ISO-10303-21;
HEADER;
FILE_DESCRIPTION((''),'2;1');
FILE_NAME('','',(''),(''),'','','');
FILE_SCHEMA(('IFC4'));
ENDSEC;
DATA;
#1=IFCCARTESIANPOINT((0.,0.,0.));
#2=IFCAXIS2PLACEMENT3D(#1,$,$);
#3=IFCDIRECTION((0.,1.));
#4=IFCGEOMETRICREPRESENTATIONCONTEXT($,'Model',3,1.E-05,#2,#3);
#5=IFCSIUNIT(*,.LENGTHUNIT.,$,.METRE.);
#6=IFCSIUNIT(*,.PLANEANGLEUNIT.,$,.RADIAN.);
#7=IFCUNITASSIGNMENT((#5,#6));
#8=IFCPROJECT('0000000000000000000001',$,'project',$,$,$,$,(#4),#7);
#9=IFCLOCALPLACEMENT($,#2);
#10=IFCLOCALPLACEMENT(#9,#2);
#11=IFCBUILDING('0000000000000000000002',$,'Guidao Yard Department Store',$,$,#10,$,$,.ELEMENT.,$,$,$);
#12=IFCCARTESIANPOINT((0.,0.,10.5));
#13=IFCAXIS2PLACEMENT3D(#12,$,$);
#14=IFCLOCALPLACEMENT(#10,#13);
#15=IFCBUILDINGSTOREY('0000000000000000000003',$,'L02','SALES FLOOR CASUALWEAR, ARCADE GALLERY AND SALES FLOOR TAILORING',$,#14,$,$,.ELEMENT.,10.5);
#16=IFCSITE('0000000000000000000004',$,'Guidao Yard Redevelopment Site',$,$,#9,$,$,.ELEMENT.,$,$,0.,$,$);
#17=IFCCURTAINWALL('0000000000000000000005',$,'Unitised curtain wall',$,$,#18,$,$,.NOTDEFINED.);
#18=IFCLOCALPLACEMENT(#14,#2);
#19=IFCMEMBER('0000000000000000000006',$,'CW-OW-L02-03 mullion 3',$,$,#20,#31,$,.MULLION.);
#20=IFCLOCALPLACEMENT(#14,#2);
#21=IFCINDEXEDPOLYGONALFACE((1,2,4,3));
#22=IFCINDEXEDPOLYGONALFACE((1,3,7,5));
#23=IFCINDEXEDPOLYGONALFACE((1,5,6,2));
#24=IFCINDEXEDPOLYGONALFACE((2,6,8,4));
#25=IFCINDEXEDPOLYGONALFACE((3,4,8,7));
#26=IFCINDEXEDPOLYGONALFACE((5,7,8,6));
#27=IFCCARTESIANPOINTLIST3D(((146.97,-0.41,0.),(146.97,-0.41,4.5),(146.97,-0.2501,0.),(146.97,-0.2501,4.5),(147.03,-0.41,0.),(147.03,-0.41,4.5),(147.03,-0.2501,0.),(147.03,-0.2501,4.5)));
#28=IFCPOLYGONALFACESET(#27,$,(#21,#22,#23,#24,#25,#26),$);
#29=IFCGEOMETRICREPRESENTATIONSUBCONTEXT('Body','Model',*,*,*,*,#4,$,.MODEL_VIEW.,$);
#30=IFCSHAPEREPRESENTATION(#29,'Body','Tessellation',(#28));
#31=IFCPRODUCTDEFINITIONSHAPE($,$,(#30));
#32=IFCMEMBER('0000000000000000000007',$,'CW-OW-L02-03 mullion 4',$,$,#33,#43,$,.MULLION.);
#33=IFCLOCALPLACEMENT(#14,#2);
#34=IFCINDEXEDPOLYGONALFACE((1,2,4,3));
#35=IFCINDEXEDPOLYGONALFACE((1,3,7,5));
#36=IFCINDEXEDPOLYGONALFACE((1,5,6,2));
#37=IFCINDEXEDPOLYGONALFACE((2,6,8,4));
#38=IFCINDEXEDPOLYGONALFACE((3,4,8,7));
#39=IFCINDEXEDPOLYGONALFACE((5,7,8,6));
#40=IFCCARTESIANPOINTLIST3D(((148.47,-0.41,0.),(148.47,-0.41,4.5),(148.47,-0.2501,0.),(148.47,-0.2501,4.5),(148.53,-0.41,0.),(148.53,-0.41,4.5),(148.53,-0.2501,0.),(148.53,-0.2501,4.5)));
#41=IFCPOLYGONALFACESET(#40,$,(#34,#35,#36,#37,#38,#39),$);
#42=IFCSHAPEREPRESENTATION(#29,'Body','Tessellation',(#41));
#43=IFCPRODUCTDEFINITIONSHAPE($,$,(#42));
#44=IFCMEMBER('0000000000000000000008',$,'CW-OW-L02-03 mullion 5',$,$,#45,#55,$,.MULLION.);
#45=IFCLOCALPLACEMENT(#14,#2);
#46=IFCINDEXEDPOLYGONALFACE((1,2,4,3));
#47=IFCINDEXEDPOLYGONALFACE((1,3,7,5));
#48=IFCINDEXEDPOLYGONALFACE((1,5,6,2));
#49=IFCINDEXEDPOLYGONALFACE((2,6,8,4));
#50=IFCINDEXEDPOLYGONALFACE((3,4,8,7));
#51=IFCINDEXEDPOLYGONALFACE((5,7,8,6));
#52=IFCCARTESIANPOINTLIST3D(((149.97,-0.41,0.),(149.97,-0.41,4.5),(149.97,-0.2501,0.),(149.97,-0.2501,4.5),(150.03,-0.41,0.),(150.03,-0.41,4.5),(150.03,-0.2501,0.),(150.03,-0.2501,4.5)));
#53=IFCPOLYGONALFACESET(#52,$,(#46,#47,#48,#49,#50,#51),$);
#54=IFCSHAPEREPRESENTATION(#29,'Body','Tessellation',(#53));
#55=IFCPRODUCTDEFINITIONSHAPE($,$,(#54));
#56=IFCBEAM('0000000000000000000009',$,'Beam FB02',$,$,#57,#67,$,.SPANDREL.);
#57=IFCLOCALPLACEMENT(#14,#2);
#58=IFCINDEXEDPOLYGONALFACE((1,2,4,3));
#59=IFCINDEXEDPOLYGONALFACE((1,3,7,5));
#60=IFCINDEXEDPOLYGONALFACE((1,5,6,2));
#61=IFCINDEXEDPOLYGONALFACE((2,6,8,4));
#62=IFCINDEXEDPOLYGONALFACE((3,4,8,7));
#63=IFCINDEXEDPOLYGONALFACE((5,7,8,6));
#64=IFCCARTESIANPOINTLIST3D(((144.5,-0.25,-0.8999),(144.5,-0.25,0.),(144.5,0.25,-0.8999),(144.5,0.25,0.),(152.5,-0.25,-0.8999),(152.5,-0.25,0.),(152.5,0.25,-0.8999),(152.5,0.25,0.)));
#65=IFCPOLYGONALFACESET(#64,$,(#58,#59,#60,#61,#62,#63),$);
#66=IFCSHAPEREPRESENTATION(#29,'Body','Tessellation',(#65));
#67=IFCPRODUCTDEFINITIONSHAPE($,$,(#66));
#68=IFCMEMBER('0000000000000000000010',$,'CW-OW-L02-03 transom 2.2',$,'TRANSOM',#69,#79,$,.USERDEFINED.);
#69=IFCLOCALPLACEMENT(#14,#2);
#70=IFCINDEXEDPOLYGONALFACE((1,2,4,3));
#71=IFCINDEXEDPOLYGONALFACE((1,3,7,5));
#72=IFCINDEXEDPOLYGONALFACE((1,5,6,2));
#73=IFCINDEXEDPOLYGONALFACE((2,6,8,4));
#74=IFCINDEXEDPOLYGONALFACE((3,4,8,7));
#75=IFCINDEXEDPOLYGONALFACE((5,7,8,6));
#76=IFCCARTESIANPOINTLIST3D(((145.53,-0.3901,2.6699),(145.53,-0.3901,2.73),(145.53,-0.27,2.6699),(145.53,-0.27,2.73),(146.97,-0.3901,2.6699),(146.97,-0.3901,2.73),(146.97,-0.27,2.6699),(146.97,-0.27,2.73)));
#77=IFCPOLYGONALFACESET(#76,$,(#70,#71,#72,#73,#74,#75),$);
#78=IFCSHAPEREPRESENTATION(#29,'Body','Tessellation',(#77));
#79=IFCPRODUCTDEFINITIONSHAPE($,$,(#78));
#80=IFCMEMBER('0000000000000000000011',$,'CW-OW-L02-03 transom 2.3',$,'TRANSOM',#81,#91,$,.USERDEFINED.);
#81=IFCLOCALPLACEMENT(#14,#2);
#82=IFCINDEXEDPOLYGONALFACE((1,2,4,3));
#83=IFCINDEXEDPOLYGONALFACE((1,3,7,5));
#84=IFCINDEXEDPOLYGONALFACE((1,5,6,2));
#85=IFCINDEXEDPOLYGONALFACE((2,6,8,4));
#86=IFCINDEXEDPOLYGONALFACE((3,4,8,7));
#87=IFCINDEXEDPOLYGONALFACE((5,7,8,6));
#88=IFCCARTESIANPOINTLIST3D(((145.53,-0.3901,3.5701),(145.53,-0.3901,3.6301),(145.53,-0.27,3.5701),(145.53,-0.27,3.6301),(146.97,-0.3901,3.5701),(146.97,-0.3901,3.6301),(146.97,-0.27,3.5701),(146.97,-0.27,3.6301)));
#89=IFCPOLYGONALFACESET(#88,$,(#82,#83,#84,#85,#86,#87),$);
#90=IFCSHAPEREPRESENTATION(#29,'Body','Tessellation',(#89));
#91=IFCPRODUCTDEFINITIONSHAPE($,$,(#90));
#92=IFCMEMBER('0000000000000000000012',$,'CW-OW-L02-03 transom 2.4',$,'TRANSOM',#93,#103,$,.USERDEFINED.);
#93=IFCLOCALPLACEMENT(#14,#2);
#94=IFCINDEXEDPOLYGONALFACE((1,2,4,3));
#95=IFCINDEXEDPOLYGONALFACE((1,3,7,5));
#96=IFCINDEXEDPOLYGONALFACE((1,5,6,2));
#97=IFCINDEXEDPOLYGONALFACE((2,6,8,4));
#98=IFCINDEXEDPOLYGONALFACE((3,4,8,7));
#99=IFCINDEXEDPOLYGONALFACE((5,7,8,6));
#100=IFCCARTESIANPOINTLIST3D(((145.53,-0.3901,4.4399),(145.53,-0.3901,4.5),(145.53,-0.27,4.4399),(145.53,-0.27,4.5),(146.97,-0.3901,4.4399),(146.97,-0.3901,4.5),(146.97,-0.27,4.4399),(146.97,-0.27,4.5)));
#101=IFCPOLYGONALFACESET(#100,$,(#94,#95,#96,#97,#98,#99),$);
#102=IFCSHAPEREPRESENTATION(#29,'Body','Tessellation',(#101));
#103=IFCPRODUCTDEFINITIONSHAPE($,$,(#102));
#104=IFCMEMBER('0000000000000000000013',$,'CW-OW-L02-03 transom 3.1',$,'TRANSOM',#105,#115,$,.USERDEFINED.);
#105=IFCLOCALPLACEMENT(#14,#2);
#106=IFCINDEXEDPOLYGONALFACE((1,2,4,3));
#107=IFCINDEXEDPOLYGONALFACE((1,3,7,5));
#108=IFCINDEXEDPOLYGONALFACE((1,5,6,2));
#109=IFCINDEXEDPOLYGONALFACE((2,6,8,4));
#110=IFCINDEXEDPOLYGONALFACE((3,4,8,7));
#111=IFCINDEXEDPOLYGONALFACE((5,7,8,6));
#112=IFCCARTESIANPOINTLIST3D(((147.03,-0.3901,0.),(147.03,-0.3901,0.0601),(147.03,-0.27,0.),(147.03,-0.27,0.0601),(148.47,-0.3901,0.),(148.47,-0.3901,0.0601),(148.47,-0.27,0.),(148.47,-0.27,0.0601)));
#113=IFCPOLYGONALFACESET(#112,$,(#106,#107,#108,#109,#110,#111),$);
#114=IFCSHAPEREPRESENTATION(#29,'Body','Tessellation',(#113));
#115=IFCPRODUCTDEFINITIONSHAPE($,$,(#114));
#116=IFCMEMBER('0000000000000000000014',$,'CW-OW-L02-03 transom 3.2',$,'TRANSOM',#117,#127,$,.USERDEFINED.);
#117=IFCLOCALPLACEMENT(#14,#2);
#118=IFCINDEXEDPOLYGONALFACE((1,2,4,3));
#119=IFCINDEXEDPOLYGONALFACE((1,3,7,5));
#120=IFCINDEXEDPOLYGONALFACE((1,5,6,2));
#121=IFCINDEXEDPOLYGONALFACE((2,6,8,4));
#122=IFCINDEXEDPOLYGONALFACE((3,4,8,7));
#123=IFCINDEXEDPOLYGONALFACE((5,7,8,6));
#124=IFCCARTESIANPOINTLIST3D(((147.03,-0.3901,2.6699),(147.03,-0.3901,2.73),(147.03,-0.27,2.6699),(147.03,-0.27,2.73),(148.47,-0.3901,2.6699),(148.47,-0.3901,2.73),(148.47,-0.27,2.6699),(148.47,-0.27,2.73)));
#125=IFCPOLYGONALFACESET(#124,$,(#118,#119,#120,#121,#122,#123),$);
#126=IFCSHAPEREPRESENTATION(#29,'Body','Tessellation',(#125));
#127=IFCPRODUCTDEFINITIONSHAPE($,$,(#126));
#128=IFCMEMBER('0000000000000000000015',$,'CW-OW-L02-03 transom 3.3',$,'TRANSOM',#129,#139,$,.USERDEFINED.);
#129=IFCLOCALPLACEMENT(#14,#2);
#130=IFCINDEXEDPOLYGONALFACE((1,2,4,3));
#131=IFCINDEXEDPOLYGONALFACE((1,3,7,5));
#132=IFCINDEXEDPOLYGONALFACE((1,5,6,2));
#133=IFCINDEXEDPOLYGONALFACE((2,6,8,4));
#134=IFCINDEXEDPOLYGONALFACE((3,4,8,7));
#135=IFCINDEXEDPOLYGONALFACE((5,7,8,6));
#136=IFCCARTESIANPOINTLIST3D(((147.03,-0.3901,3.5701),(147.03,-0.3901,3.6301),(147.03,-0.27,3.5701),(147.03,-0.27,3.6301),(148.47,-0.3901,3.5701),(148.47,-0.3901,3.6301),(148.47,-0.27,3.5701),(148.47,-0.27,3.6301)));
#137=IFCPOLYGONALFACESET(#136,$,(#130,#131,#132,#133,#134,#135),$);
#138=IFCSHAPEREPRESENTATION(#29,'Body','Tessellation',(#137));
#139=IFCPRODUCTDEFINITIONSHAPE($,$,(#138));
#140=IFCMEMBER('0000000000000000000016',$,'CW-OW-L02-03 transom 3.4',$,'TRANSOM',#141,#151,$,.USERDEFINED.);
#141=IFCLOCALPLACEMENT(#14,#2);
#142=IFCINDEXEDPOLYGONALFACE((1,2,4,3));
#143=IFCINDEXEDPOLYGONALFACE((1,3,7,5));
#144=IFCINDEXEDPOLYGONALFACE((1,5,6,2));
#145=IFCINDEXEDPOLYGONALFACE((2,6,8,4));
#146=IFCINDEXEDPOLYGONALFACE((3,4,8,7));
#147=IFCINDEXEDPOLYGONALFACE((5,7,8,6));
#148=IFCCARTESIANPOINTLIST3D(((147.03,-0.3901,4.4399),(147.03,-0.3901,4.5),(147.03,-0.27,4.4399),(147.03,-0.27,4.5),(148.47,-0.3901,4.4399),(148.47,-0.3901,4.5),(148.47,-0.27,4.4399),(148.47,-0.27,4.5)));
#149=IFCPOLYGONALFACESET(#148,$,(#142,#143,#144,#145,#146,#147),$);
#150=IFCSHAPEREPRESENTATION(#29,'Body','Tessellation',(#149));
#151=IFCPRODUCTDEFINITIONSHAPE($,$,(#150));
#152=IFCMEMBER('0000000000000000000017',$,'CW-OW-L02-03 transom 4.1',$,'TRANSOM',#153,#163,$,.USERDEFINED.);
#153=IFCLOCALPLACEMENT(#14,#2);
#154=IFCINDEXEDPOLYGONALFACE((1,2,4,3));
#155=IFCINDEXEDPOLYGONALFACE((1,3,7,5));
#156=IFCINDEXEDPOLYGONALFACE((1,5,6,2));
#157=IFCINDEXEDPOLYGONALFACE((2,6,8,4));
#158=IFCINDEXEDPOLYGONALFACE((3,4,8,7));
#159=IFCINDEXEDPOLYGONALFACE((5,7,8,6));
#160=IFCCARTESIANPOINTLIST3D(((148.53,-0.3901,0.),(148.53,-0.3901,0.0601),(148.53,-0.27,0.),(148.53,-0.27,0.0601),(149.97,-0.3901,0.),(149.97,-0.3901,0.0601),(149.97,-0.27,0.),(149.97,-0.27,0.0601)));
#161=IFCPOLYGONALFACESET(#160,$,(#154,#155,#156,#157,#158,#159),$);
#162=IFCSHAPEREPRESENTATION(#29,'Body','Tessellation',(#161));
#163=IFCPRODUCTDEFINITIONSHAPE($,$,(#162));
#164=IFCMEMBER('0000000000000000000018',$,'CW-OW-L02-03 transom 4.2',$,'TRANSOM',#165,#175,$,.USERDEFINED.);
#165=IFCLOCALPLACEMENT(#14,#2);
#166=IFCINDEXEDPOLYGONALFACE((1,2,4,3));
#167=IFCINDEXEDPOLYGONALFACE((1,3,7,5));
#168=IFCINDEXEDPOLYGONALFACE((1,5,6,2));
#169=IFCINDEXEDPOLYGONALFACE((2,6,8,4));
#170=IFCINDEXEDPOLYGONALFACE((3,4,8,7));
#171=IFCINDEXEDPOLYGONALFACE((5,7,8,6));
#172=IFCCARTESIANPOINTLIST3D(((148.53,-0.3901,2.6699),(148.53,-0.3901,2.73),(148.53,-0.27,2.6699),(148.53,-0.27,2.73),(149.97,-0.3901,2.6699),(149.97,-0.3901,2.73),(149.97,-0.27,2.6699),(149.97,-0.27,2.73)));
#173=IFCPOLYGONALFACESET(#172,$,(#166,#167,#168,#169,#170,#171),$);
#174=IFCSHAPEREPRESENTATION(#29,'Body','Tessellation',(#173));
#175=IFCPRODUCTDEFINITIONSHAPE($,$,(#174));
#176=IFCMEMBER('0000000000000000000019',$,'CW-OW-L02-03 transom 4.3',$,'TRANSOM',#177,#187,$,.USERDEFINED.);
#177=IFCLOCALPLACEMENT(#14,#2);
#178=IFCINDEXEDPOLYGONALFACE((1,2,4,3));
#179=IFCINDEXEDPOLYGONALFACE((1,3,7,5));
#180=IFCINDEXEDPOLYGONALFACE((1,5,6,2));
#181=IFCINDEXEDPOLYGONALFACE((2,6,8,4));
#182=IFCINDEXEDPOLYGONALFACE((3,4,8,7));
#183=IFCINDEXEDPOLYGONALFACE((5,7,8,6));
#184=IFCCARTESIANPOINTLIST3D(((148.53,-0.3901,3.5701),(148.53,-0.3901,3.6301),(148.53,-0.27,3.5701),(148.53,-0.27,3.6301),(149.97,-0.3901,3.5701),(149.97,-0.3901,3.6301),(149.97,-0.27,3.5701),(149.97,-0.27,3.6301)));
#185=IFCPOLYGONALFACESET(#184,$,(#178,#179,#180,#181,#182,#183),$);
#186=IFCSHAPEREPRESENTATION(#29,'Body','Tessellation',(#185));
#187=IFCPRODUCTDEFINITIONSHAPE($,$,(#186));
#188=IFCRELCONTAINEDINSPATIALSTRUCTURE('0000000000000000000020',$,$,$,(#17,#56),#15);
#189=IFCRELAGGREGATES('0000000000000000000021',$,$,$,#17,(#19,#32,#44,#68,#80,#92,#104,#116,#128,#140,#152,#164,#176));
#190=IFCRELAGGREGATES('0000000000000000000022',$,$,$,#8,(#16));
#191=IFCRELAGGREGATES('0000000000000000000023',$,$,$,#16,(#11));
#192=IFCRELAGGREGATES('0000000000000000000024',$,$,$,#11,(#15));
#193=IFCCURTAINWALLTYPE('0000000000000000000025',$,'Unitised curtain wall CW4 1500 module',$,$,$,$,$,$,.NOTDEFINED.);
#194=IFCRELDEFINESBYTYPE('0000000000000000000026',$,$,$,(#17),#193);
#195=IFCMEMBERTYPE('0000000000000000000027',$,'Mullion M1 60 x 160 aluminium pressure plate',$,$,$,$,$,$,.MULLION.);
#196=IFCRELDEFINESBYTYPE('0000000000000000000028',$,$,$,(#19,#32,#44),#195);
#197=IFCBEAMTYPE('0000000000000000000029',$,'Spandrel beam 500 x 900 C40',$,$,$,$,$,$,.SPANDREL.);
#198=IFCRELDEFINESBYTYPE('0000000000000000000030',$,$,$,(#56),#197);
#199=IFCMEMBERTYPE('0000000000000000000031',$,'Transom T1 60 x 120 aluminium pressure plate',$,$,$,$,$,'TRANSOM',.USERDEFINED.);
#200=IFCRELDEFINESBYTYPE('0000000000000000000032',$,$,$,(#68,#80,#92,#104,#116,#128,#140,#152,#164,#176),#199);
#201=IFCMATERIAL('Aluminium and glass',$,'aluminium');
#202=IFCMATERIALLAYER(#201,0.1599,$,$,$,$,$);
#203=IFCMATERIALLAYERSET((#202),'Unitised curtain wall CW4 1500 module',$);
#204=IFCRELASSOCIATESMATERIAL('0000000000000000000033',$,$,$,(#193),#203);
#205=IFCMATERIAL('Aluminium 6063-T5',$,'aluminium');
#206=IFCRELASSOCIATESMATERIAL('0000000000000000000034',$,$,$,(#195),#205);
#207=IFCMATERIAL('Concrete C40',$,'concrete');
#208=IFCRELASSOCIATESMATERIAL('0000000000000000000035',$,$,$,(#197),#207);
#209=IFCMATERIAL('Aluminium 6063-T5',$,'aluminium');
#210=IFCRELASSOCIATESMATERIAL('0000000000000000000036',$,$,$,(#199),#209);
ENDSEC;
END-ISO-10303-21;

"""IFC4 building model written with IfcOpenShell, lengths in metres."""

from ifc_helpers import new_model, si_unit, direction, frame, origin, origin_2d, place, context, subcontext, project, spatial, rectangle, extrude, material, layer, layer_set, material_profile, profile_set, type_object, element, aggregate, save


model = new_model("IFC4")

# Units and contexts
model_context = context("Model", 3, precision=1e-05, world=origin(), true_north=direction((0.0, 1.0)))
body_context = subcontext(model_context, "Body", "Model", "MODEL_VIEW")
ifc_project = project(units=[si_unit("LENGTHUNIT", "METRE"), si_unit("PLANEANGLEUNIT", "RADIAN")], contexts=[model_context])

# Site, building, storey
site_placement = place(None, origin())
site = spatial("IfcSite", under=ifc_project, at=site_placement, Name="Guidao Yard Redevelopment Site", CompositionType="ELEMENT", RefElevation=0.0)
building_placement = place(site_placement, origin())
building = spatial("IfcBuilding", under=site, at=building_placement, Name="Guidao Yard Department Store", CompositionType="ELEMENT")
storey_placement = place(building_placement, frame((0.0, 0.0, 10.5)))
storey = spatial("IfcBuildingStorey", under=building, at=storey_placement, Name="L02", Description="SALES FLOOR CASUALWEAR, ARCADE GALLERY AND SALES FLOOR TAILORING", CompositionType="ELEMENT", Elevation=10.5)

# Curtain wall, members
ifc_material_1 = material(Name="Aluminium and glass", Category="aluminium")
ifc_layer_1 = layer(ifc_material_1, 0.1599)
ifc_layer_set_1 = layer_set([ifc_layer_1], Name="Unitised curtain wall CW4 1500 module")
curtain_wall_type = type_object("IfcCurtainWallType", Name="Unitised curtain wall CW4 1500 module", PredefinedType="NOTDEFINED", material=ifc_layer_set_1)
curtain_wall_placement = place(storey_placement, origin())
curtain_wall = element("IfcCurtainWall", 1, at=curtain_wall_placement, inside=storey, type_object=curtain_wall_type, Name="Unitised curtain wall", PredefinedType="NOTDEFINED")
ifc_material_2 = material(Name="Aluminium 6063-T5", Category="aluminium")
ifc_material_profile_1 = material_profile(ifc_material_2, rectangle(XDim=0.0601, YDim=0.1599, at=origin_2d()), Name="Mullion M1 60 x 160 aluminium pressure plate")
ifc_profile_set_1 = profile_set([ifc_material_profile_1], Name="Aluminium 6063-T5")
member_type_1 = type_object("IfcMemberType", Name="Mullion M1 60 x 160 aluminium pressure plate", PredefinedType="MULLION", material=ifc_profile_set_1)
member_1_placement = place(storey_placement, frame((147.0, -0.3301, 0.0), z_axis=(0.0, 0.0, 1.0), x_axis=(-1.0, 0.0, 0.0)))
member_1 = element("IfcMember", 2, at=member_1_placement, type_object=member_type_1, Name="CW-OW-L02-03 mullion 3", PredefinedType="MULLION", context=body_context, shape_type="SweptSolid", body=[
    extrude(rectangle(XDim=0.0601, YDim=0.1599, at=origin_2d()), origin(), (0.0, 0.0, 1.0), 4.5),
])
member_2_placement = place(storey_placement, frame((148.5, -0.3301, 0.0), z_axis=(0.0, 0.0, 1.0), x_axis=(-1.0, 0.0, 0.0)))
member_2 = element("IfcMember", 3, at=member_2_placement, type_object=member_type_1, Name="CW-OW-L02-03 mullion 4", PredefinedType="MULLION", context=body_context, shape_type="SweptSolid", body=[
    extrude(rectangle(XDim=0.0601, YDim=0.1599, at=origin_2d()), origin(), (0.0, 0.0, 1.0), 4.5),
])
member_3_placement = place(storey_placement, frame((150.0, -0.3301, 0.0), z_axis=(0.0, 0.0, 1.0), x_axis=(-1.0, 0.0, 0.0)))
member_3 = element("IfcMember", 4, at=member_3_placement, type_object=member_type_1, Name="CW-OW-L02-03 mullion 5", PredefinedType="MULLION", context=body_context, shape_type="SweptSolid", body=[
    extrude(rectangle(XDim=0.0601, YDim=0.1599, at=origin_2d()), origin(), (0.0, 0.0, 1.0), 4.5),
])

# Beam
ifc_material_3 = material(Name="Concrete C40", Category="concrete")
ifc_material_profile_2 = material_profile(ifc_material_3, rectangle(XDim=0.5, YDim=0.8999, at=origin_2d()), Name="Spandrel beam 500 x 900 C40")
ifc_profile_set_2 = profile_set([ifc_material_profile_2], Name="Concrete C40")
beam_type = type_object("IfcBeamType", Name="Spandrel beam 500 x 900 C40", PredefinedType="SPANDREL", material=ifc_profile_set_2)
beam_placement = place(storey_placement, frame((144.5, 0.0, -0.45), z_axis=(1.0, 0.0, 0.0), x_axis=(0.0, 1.0, 0.0)))
element("IfcBeam", 5, at=beam_placement, inside=storey, type_object=beam_type, Name="Beam FB02", PredefinedType="SPANDREL", context=body_context, shape_type="SweptSolid", body=[
    extrude(rectangle(XDim=0.5, YDim=0.8999, at=origin_2d()), origin(), (0.0, 0.0, 1.0), 8.0),
])

# Members
ifc_material_4 = material(Name="Aluminium 6063-T5", Category="aluminium")
ifc_material_profile_3 = material_profile(ifc_material_4, rectangle(XDim=0.1201, YDim=0.0601, at=origin_2d()), Name="Transom T1 60 x 120 aluminium pressure plate")
ifc_profile_set_3 = profile_set([ifc_material_profile_3], Name="Aluminium 6063-T5")
member_type_2 = type_object("IfcMemberType", Name="Transom T1 60 x 120 aluminium pressure plate", ElementType="TRANSOM", PredefinedType="USERDEFINED", material=ifc_profile_set_3)
member_4_placement = place(storey_placement, frame((146.97, -0.3301, 2.7), z_axis=(-1.0, 0.0, 0.0), x_axis=(0.0, -1.0, 0.0)))
member_4 = element("IfcMember", 6, at=member_4_placement, type_object=member_type_2, Name="CW-OW-L02-03 transom 2.2", ObjectType="TRANSOM", PredefinedType="USERDEFINED", context=body_context, shape_type="SweptSolid", body=[
    extrude(rectangle(XDim=0.1201, YDim=0.0601, at=origin_2d()), origin(), (0.0, 0.0, 1.0), 1.4399),
])
member_5_placement = place(storey_placement, frame((146.97, -0.3301, 3.6001), z_axis=(-1.0, 0.0, 0.0), x_axis=(0.0, -1.0, 0.0)))
member_5 = element("IfcMember", 7, at=member_5_placement, type_object=member_type_2, Name="CW-OW-L02-03 transom 2.3", ObjectType="TRANSOM", PredefinedType="USERDEFINED", context=body_context, shape_type="SweptSolid", body=[
    extrude(rectangle(XDim=0.1201, YDim=0.0601, at=origin_2d()), origin(), (0.0, 0.0, 1.0), 1.4399),
])
member_6_placement = place(storey_placement, frame((146.97, -0.3301, 4.47), z_axis=(-1.0, 0.0, 0.0), x_axis=(0.0, -1.0, 0.0)))
member_6 = element("IfcMember", 8, at=member_6_placement, type_object=member_type_2, Name="CW-OW-L02-03 transom 2.4", ObjectType="TRANSOM", PredefinedType="USERDEFINED", context=body_context, shape_type="SweptSolid", body=[
    extrude(rectangle(XDim=0.1201, YDim=0.0601, at=origin_2d()), origin(), (0.0, 0.0, 1.0), 1.4399),
])
member_7_placement = place(storey_placement, frame((148.47, -0.3301, 0.03), z_axis=(-1.0, 0.0, 0.0), x_axis=(0.0, -1.0, 0.0)))
member_7 = element("IfcMember", 9, at=member_7_placement, type_object=member_type_2, Name="CW-OW-L02-03 transom 3.1", ObjectType="TRANSOM", PredefinedType="USERDEFINED", context=body_context, shape_type="SweptSolid", body=[
    extrude(rectangle(XDim=0.1201, YDim=0.0601, at=origin_2d()), origin(), (0.0, 0.0, 1.0), 1.4399),
])
member_8_placement = place(storey_placement, frame((148.47, -0.3301, 2.7), z_axis=(-1.0, 0.0, 0.0), x_axis=(0.0, -1.0, 0.0)))
member_8 = element("IfcMember", 10, at=member_8_placement, type_object=member_type_2, Name="CW-OW-L02-03 transom 3.2", ObjectType="TRANSOM", PredefinedType="USERDEFINED", context=body_context, shape_type="SweptSolid", body=[
    extrude(rectangle(XDim=0.1201, YDim=0.0601, at=origin_2d()), origin(), (0.0, 0.0, 1.0), 1.4399),
])
member_9_placement = place(storey_placement, frame((148.47, -0.3301, 3.6001), z_axis=(-1.0, 0.0, 0.0), x_axis=(0.0, -1.0, 0.0)))
member_9 = element("IfcMember", 11, at=member_9_placement, type_object=member_type_2, Name="CW-OW-L02-03 transom 3.3", ObjectType="TRANSOM", PredefinedType="USERDEFINED", context=body_context, shape_type="SweptSolid", body=[
    extrude(rectangle(XDim=0.1201, YDim=0.0601, at=origin_2d()), origin(), (0.0, 0.0, 1.0), 1.4399),
])
member_10_placement = place(storey_placement, frame((148.47, -0.3301, 4.47), z_axis=(-1.0, 0.0, 0.0), x_axis=(0.0, -1.0, 0.0)))
member_10 = element("IfcMember", 12, at=member_10_placement, type_object=member_type_2, Name="CW-OW-L02-03 transom 3.4", ObjectType="TRANSOM", PredefinedType="USERDEFINED", context=body_context, shape_type="SweptSolid", body=[
    extrude(rectangle(XDim=0.1201, YDim=0.0601, at=origin_2d()), origin(), (0.0, 0.0, 1.0), 1.4399),
])
member_11_placement = place(storey_placement, frame((149.97, -0.3301, 0.03), z_axis=(-1.0, 0.0, 0.0), x_axis=(0.0, -1.0, 0.0)))
member_11 = element("IfcMember", 13, at=member_11_placement, type_object=member_type_2, Name="CW-OW-L02-03 transom 4.1", ObjectType="TRANSOM", PredefinedType="USERDEFINED", context=body_context, shape_type="SweptSolid", body=[
    extrude(rectangle(XDim=0.1201, YDim=0.0601, at=origin_2d()), origin(), (0.0, 0.0, 1.0), 1.4399),
])
member_12_placement = place(storey_placement, frame((149.97, -0.3301, 2.7), z_axis=(-1.0, 0.0, 0.0), x_axis=(0.0, -1.0, 0.0)))
member_12 = element("IfcMember", 14, at=member_12_placement, type_object=member_type_2, Name="CW-OW-L02-03 transom 4.2", ObjectType="TRANSOM", PredefinedType="USERDEFINED", context=body_context, shape_type="SweptSolid", body=[
    extrude(rectangle(XDim=0.1201, YDim=0.0601, at=origin_2d()), origin(), (0.0, 0.0, 1.0), 1.4399),
])
member_13_placement = place(storey_placement, frame((149.97, -0.3301, 3.6001), z_axis=(-1.0, 0.0, 0.0), x_axis=(0.0, -1.0, 0.0)))
member_13 = element("IfcMember", 15, at=member_13_placement, type_object=member_type_2, Name="CW-OW-L02-03 transom 4.3", ObjectType="TRANSOM", PredefinedType="USERDEFINED", context=body_context, shape_type="SweptSolid", body=[
    extrude(rectangle(XDim=0.1201, YDim=0.0601, at=origin_2d()), origin(), (0.0, 0.0, 1.0), 1.4399),
])

aggregate(curtain_wall, [member_1, member_2, member_3, member_4, member_5, member_6, member_7, member_8, member_9, member_10, member_11, member_12, member_13])

save(model, "model.ifc")
